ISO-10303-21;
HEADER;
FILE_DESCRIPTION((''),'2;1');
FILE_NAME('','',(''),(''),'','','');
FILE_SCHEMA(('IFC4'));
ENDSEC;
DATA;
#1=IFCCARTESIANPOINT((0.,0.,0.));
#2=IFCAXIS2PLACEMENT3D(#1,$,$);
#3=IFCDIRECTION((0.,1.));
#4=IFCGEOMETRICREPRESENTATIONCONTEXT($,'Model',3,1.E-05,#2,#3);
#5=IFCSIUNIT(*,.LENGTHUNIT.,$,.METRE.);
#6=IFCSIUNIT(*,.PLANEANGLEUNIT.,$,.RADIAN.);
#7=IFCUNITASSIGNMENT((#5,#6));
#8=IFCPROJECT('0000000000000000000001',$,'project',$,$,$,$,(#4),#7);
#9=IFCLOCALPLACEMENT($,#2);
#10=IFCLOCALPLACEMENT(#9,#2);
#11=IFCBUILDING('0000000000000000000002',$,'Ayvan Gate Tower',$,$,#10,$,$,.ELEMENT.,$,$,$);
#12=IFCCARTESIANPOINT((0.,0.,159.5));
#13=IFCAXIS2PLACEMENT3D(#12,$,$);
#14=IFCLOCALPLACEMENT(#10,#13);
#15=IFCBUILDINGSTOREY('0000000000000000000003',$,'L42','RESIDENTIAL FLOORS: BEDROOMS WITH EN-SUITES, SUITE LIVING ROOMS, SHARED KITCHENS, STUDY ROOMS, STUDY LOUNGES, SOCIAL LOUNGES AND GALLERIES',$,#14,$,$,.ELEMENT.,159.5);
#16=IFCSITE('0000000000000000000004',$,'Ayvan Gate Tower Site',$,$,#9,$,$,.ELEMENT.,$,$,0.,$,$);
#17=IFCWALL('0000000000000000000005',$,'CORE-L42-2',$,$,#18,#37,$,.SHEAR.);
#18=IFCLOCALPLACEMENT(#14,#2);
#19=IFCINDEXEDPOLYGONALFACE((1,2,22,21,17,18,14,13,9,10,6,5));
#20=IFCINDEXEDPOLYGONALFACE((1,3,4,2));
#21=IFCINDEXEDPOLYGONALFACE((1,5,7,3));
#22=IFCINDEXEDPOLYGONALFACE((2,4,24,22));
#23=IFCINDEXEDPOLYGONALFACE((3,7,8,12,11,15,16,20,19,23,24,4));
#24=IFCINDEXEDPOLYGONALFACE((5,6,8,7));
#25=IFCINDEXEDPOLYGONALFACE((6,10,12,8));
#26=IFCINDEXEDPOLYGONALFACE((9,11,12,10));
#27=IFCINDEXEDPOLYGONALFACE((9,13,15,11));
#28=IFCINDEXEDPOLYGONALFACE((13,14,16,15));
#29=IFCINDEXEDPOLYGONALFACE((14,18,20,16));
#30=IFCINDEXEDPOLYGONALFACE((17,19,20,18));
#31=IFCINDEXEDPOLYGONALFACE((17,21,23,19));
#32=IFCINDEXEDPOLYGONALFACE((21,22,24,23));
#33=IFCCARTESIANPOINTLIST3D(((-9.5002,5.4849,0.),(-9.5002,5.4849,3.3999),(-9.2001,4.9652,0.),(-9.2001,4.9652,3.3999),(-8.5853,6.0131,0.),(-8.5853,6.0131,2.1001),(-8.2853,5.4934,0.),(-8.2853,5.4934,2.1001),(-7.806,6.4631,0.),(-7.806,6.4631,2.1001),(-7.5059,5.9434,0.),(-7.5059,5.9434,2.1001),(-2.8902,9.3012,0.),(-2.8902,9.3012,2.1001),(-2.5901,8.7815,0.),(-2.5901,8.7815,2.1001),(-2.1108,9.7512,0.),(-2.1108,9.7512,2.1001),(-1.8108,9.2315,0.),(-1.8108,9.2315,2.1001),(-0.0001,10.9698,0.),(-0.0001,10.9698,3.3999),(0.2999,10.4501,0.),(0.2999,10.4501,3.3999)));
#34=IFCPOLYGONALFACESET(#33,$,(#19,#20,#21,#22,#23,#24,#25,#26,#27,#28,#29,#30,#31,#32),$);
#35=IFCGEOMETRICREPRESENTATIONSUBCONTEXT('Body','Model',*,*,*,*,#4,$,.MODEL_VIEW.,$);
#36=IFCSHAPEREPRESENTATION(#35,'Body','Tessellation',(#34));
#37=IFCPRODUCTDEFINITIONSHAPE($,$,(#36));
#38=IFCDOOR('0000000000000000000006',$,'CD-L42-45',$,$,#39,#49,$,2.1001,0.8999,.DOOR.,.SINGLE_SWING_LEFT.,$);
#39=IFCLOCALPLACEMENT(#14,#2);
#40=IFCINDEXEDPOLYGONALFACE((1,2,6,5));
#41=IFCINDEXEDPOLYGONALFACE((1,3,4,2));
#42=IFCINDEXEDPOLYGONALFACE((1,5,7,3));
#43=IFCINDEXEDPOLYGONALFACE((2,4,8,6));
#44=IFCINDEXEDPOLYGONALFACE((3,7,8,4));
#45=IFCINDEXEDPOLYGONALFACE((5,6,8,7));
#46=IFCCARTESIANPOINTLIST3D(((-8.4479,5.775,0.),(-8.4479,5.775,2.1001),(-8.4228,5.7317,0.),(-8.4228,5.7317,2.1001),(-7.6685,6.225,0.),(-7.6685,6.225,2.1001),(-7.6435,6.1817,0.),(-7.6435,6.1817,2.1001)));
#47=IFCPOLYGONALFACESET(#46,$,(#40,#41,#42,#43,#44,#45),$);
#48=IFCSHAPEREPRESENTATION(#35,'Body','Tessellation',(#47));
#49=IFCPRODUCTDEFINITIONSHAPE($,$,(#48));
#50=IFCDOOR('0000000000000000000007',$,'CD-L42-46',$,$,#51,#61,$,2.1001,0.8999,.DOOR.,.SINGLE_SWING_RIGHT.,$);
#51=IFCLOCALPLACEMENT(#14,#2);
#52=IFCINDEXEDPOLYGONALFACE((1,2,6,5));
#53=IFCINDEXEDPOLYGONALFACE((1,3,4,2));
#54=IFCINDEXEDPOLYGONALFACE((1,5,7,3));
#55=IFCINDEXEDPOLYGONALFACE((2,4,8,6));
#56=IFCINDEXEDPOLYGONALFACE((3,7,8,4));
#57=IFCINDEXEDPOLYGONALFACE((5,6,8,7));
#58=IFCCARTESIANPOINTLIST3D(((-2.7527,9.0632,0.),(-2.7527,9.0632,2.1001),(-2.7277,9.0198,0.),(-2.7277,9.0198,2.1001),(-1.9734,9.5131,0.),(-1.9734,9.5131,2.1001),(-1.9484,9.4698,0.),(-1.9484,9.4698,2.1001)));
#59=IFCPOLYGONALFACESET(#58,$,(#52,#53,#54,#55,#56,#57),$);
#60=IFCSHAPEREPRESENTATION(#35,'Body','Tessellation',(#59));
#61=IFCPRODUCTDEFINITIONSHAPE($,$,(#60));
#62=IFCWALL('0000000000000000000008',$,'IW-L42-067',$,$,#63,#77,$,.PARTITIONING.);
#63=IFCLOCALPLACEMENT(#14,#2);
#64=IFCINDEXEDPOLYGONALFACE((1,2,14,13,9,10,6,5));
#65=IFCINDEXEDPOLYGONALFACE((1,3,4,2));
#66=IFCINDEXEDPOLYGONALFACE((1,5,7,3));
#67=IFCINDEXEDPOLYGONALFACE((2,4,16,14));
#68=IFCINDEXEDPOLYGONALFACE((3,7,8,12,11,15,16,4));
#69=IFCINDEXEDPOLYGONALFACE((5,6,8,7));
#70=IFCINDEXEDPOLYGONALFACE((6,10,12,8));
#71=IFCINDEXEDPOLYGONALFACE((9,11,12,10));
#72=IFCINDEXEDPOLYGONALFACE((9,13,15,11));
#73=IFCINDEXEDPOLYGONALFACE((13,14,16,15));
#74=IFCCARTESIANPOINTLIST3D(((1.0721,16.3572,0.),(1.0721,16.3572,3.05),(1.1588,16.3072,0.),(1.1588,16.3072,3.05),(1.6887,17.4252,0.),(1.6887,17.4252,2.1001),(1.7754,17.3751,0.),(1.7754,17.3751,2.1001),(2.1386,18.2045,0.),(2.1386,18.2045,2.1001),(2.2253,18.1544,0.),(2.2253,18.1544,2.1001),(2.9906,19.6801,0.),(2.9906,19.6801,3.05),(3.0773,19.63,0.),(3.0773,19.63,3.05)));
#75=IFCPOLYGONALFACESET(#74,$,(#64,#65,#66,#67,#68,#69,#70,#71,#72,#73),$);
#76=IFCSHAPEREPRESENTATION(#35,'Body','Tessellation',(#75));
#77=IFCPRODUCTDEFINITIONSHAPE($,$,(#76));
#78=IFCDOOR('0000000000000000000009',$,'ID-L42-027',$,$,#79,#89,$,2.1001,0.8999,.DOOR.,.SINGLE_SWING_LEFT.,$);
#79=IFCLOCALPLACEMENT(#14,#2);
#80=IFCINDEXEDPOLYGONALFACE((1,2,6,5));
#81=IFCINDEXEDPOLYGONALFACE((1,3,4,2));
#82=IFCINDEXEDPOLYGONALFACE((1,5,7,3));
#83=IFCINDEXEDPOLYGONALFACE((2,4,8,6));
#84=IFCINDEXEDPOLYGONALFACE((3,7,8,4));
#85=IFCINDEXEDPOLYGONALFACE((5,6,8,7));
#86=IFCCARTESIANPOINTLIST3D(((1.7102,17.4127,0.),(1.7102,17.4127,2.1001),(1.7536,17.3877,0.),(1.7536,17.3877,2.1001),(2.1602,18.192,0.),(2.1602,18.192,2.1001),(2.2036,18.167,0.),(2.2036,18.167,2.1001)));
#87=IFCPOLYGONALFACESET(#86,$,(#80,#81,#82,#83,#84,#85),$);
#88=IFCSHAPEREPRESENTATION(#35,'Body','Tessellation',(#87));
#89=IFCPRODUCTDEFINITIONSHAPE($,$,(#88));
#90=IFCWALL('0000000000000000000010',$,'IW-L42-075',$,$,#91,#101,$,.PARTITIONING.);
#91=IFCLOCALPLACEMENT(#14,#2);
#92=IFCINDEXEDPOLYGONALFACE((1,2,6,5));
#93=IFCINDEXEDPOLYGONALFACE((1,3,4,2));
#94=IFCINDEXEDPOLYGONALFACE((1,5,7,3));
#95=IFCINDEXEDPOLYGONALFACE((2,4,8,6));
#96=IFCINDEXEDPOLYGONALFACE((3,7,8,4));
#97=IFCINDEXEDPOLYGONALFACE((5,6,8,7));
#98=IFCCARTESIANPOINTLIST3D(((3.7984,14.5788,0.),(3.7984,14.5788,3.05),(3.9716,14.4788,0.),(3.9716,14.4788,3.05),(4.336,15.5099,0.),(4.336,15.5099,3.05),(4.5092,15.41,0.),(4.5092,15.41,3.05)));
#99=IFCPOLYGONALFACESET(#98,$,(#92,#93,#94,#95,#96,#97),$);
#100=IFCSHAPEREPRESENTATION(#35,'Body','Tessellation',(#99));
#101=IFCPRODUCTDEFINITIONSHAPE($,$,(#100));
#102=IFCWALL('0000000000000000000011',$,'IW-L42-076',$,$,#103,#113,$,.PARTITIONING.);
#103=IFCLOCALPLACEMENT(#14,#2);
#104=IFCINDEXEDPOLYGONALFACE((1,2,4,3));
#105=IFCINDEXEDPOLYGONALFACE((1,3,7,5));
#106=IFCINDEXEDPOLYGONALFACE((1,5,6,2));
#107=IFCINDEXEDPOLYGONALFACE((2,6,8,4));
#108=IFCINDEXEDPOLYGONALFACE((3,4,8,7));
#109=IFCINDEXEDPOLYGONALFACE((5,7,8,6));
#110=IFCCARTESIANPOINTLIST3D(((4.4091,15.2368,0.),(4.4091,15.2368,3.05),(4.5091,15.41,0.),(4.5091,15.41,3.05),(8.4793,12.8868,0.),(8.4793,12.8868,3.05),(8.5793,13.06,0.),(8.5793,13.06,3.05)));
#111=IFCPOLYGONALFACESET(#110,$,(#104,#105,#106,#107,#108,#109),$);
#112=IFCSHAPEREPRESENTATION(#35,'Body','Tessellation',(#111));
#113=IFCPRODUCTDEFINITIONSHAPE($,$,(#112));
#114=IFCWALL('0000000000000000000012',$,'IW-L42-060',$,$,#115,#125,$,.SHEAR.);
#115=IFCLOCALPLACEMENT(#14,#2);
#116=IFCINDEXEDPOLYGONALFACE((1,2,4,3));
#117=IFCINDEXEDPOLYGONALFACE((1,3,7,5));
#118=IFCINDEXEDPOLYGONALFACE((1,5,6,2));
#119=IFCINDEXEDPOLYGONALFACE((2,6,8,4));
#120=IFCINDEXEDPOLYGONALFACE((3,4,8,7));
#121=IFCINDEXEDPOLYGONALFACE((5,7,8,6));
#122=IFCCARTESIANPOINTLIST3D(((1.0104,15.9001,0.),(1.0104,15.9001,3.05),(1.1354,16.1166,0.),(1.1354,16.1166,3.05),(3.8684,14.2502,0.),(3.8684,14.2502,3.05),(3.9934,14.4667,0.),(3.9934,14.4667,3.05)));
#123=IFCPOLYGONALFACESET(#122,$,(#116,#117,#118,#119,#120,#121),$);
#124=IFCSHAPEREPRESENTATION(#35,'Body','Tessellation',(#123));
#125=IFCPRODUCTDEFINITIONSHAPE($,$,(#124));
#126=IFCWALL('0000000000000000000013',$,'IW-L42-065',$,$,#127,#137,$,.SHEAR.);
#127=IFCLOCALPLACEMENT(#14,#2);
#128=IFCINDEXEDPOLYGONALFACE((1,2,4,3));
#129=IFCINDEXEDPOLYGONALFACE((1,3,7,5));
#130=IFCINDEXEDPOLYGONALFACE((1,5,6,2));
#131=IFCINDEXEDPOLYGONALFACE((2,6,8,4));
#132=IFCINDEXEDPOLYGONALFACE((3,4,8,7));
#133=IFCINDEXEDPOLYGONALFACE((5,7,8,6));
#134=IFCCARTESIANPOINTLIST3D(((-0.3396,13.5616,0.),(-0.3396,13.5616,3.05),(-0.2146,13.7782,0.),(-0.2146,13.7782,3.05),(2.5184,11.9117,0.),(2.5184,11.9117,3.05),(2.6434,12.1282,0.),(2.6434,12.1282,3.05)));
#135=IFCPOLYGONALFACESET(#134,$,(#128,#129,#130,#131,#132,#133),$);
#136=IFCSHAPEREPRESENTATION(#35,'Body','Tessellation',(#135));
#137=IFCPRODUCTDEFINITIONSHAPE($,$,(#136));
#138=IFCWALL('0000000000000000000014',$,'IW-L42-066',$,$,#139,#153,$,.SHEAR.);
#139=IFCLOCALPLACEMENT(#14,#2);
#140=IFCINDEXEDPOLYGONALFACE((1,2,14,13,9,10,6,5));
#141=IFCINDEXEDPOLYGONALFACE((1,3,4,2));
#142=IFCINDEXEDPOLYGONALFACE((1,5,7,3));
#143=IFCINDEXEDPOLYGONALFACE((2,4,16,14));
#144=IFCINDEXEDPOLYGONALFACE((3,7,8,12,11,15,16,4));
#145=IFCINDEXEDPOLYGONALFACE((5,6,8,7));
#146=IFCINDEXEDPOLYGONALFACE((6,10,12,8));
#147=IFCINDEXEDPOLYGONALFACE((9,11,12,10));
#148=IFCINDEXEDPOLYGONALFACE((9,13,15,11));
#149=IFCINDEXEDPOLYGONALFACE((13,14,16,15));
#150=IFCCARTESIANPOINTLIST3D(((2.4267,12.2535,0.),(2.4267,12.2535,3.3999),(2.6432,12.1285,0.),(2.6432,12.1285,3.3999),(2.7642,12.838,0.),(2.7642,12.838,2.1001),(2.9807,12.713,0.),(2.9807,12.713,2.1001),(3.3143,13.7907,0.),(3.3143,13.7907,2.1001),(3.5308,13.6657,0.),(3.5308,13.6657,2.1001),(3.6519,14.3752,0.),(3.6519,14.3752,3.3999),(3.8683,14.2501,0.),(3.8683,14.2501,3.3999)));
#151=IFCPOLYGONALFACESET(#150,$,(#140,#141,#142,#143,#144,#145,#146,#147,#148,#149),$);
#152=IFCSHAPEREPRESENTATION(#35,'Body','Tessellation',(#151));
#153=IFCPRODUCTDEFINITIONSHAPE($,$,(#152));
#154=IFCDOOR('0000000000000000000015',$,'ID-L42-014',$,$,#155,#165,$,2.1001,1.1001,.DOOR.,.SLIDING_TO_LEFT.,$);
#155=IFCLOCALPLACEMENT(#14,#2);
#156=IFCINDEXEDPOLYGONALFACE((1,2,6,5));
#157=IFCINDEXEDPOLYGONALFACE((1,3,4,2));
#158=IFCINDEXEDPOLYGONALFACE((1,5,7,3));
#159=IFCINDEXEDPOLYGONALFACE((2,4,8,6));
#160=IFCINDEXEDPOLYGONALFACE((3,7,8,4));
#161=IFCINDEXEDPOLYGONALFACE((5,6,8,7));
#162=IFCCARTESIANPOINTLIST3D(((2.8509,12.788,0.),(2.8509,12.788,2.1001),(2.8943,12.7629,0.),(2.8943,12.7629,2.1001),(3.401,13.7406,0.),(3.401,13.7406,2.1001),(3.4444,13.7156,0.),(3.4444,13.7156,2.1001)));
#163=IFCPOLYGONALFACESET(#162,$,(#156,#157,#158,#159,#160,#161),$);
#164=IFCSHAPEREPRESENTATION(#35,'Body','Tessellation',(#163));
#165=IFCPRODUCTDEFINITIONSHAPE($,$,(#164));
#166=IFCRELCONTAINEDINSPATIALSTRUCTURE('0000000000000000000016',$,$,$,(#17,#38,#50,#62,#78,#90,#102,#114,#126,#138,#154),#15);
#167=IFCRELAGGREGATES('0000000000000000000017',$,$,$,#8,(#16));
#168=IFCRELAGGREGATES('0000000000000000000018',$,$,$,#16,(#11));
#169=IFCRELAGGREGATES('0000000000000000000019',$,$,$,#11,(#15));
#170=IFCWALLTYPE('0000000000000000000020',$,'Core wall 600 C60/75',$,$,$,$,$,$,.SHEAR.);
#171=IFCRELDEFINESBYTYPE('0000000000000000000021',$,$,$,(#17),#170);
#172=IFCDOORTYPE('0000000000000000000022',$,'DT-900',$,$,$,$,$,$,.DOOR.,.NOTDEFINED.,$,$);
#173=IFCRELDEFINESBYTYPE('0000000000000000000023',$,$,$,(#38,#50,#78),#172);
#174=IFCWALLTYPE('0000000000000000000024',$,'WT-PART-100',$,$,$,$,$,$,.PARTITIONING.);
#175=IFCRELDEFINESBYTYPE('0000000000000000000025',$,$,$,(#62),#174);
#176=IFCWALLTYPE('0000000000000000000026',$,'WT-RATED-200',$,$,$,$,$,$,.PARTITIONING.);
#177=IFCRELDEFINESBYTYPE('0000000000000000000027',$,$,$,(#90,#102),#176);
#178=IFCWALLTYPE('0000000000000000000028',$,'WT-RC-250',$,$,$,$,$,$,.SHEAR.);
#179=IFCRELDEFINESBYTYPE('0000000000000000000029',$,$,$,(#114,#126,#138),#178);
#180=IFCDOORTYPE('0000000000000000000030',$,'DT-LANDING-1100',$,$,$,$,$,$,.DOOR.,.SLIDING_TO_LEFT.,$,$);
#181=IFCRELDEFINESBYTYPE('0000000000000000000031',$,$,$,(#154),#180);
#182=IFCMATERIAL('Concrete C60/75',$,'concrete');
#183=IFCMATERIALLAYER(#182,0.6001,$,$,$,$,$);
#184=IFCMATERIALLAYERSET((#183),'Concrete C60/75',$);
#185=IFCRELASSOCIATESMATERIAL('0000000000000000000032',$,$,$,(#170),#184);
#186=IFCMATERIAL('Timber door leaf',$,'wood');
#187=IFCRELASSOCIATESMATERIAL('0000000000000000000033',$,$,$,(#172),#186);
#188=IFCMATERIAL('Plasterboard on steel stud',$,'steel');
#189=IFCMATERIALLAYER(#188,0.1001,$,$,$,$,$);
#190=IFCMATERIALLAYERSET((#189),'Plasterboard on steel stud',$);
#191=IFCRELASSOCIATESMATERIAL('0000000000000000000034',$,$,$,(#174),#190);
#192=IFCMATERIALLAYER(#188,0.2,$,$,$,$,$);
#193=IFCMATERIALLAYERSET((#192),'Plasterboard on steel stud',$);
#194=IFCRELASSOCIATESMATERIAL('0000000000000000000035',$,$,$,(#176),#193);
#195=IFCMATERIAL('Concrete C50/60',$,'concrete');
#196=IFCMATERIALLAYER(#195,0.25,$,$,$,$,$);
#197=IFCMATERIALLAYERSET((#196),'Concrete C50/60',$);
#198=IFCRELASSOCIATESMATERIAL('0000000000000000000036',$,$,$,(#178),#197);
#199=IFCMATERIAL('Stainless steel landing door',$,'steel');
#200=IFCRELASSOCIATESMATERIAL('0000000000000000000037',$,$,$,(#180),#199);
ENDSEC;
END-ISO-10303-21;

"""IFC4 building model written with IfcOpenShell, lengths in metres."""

from ifc_helpers import new_model, si_unit, direction, frame, frame_2d, origin, place, context, subcontext, project, spatial, rectangle, extrude, material, layer, layer_set, type_object, element, fill, save


model = new_model("IFC4")

# Units and contexts
model_context = context("Model", 3, precision=1e-05, world=origin(), true_north=direction((0.0, 1.0)))
body_context = subcontext(model_context, "Body", "Model", "MODEL_VIEW")
ifc_project = project(units=[si_unit("LENGTHUNIT", "METRE"), si_unit("PLANEANGLEUNIT", "RADIAN")], contexts=[model_context])

# Site, building, storey
site_placement = place(None, origin())
site = spatial("IfcSite", under=ifc_project, at=site_placement, Name="Ayvan Gate Tower Site", CompositionType="ELEMENT", RefElevation=0.0)
building_placement = place(site_placement, origin())
building = spatial("IfcBuilding", under=site, at=building_placement, Name="Ayvan Gate Tower", CompositionType="ELEMENT")
storey_placement = place(building_placement, frame((0.0, 0.0, 159.5)))
storey = spatial("IfcBuildingStorey", under=building, at=storey_placement, Name="L42", Description="RESIDENTIAL FLOORS: BEDROOMS WITH EN-SUITES, SUITE LIVING ROOMS, SHARED KITCHENS, STUDY ROOMS, STUDY LOUNGES, SOCIAL LOUNGES AND GALLERIES", CompositionType="ELEMENT", Elevation=159.5)

# Wall, openings, doors
ifc_material_1 = material(Name="Concrete C60/75", Category="concrete")
ifc_layer_1 = layer(ifc_material_1, 0.6001)
ifc_layer_set_1 = layer_set([ifc_layer_1], Name="Concrete C60/75")
wall_type_1 = type_object("IfcWallType", Name="Core wall 600 C60/75", PredefinedType="SHEAR", material=ifc_layer_set_1)
wall_1_placement = place(storey_placement, frame((0.1499, 10.71, 0.0), z_axis=(0.0, 0.0, 1.0), x_axis=(-0.866024, -0.500002, 0.0)))
wall_1 = element("IfcWall", 1, at=wall_1_placement, inside=storey, type_object=wall_type_1, Name="CORE-L42-2", PredefinedType="SHEAR", context=body_context, shape_type="SweptSolid", body=[
    extrude(rectangle(XDim=10.9697, YDim=0.6001, at=frame_2d((5.4849, 0.0))), origin(), (0.0, 0.0, 1.0), 3.3999),
])
opening_1_placement = place(wall_1_placement, frame((9.0134, 0.0, 0.0)))
opening_1 = element("IfcOpeningElement", 2, at=opening_1_placement, cuts=wall_1, PredefinedType="OPENING", context=body_context, shape_type="SweptSolid", body=[
    extrude(rectangle(XDim=0.8999, YDim=2.1001, at=frame_2d((0.45, 1.05))), frame((0.0, 0.3101, 0.0), z_axis=(0.0, -1.0, 0.0), x_axis=(1.0, 0.0, 0.0)), (0.0, 0.0, 1.0), 0.6201),
])
opening_2_placement = place(wall_1_placement, frame((2.4373, 0.0, 0.0)))
opening_2 = element("IfcOpeningElement", 3, at=opening_2_placement, cuts=wall_1, PredefinedType="OPENING", context=body_context, shape_type="SweptSolid", body=[
    extrude(rectangle(XDim=0.8999, YDim=2.1001, at=frame_2d((0.45, 1.05))), frame((0.0, 0.3101, 0.0), z_axis=(0.0, -1.0, 0.0), x_axis=(1.0, 0.0, 0.0)), (0.0, 0.0, 1.0), 0.6201),
])
ifc_material_2 = material(Name="Timber door leaf", Category="wood")
door_type_1 = type_object("IfcDoorType", Name="DT-900", OperationType="NOTDEFINED", PredefinedType="DOOR", material=ifc_material_2)
door_1_placement = place(opening_1_placement, origin())
door_1 = element("IfcDoor", 4, at=door_1_placement, inside=storey, type_object=door_type_1, Name="CD-L42-45", OperationType="SINGLE_SWING_LEFT", OverallHeight=2.1001, OverallWidth=0.8999, PredefinedType="DOOR", context=body_context, shape_type="SweptSolid", body=[
    extrude(rectangle(XDim=0.8999, YDim=2.1001, at=frame_2d((0.45, 1.05))), frame((0.0, 0.0249, 0.0), z_axis=(0.0, -1.0, 0.0), x_axis=(1.0, 0.0, 0.0)), (0.0, 0.0, 1.0), 0.05),
])
fill(opening_1, door_1)
door_2_placement = place(opening_2_placement, origin())
door_2 = element("IfcDoor", 5, at=door_2_placement, inside=storey, type_object=door_type_1, Name="CD-L42-46", OperationType="SINGLE_SWING_RIGHT", OverallHeight=2.1001, OverallWidth=0.8999, PredefinedType="DOOR", context=body_context, shape_type="SweptSolid", body=[
    extrude(rectangle(XDim=0.8999, YDim=2.1001, at=frame_2d((0.45, 1.05))), frame((0.0, 0.0249, 0.0), z_axis=(0.0, -1.0, 0.0), x_axis=(1.0, 0.0, 0.0)), (0.0, 0.0, 1.0), 0.05),
])
fill(opening_2, door_2)

# Wall, opening, door
ifc_material_3 = material(Name="Plasterboard on steel stud", Category="steel")
ifc_layer_2 = layer(ifc_material_3, 0.1001)
ifc_layer_set_2 = layer_set([ifc_layer_2], Name="Plasterboard on steel stud")
wall_type_2 = type_object("IfcWallType", Name="WT-PART-100", PredefinedType="PARTITIONING", material=ifc_layer_set_2)
wall_2_placement = place(storey_placement, frame((3.0339, 19.655, 0.0), z_axis=(0.0, 0.0, 1.0), x_axis=(-0.500013, -0.866018, 0.0)))
wall_2 = element("IfcWall", 6, at=wall_2_placement, inside=storey, type_object=wall_type_2, Name="IW-L42-067", PredefinedType="PARTITIONING", context=body_context, shape_type="SweptSolid", body=[
    extrude(rectangle(XDim=3.8369, YDim=0.1001, at=frame_2d((1.9185, 0.0))), origin(), (0.0, 0.0, 1.0), 3.05),
])
opening_3_placement = place(wall_2_placement, frame((1.7039, 0.0, 0.0)))
opening_3 = element("IfcOpeningElement", 7, at=opening_3_placement, cuts=wall_2, PredefinedType="OPENING", context=body_context, shape_type="SweptSolid", body=[
    extrude(rectangle(XDim=0.8999, YDim=2.1001, at=frame_2d((0.45, 1.05))), frame((0.0, 0.0601, 0.0), z_axis=(0.0, -1.0, 0.0), x_axis=(1.0, 0.0, 0.0)), (0.0, 0.0, 1.0), 0.1201),
])
door_3_placement = place(opening_3_placement, origin())
door_3 = element("IfcDoor", 8, at=door_3_placement, inside=storey, type_object=door_type_1, Name="ID-L42-027", OperationType="SINGLE_SWING_LEFT", OverallHeight=2.1001, OverallWidth=0.8999, PredefinedType="DOOR", context=body_context, shape_type="SweptSolid", body=[
    extrude(rectangle(XDim=0.8999, YDim=2.1001, at=frame_2d((0.45, 1.05))), frame((0.0, 0.0249, 0.0), z_axis=(0.0, -1.0, 0.0), x_axis=(1.0, 0.0, 0.0)), (0.0, 0.0, 1.0), 0.05),
])
fill(opening_3, door_3)

# Walls
ifc_layer_3 = layer(ifc_material_3, 0.2)
ifc_layer_set_3 = layer_set([ifc_layer_3], Name="Plasterboard on steel stud")
wall_type_3 = type_object("IfcWallType", Name="WT-RATED-200", PredefinedType="PARTITIONING", material=ifc_layer_set_3)
wall_3_placement = place(storey_placement, frame((3.885, 14.5288, 0.0), z_axis=(0.0, 0.0, 1.0), x_axis=(0.499998, 0.866027, 0.0)))
element("IfcWall", 9, at=wall_3_placement, inside=storey, type_object=wall_type_3, Name="IW-L42-075", PredefinedType="PARTITIONING", context=body_context, shape_type="SweptSolid", body=[
    extrude(rectangle(XDim=1.0752, YDim=0.2, at=frame_2d((0.5376, 0.0))), origin(), (0.0, 0.0, 1.0), 3.05),
])
wall_4_placement = place(storey_placement, frame((4.459, 15.3235, 0.0), z_axis=(0.0, 0.0, 1.0), x_axis=(0.866016, -0.500016, 0.0)))
element("IfcWall", 10, at=wall_4_placement, inside=storey, type_object=wall_type_3, Name="IW-L42-076", PredefinedType="PARTITIONING", context=body_context, shape_type="SweptSolid", body=[
    extrude(rectangle(XDim=4.7, YDim=0.2, at=frame_2d((2.3501, 0.0))), origin(), (0.0, 0.0, 1.0), 3.05),
])
ifc_material_4 = material(Name="Concrete C50/60", Category="concrete")
ifc_layer_4 = layer(ifc_material_4, 0.25)
ifc_layer_set_4 = layer_set([ifc_layer_4], Name="Concrete C50/60")
wall_type_4 = type_object("IfcWallType", Name="WT-RC-250", PredefinedType="SHEAR", material=ifc_layer_set_4)
for number, where, z_axis, x_axis, name in (
    (11, (1.073, 16.0083, 0.0), (0.0, 0.0, 1.0), (0.86604, -0.499974, 0.0), "IW-L42-060"),
    (12, (2.5808, 12.02, 0.0), (0.0, 0.0, 1.0), (-0.86604, 0.499974, 0.0), "IW-L42-065"),
):
    element("IfcWall", number, at=place(storey_placement, frame(where, z_axis=z_axis, x_axis=x_axis)), inside=storey, type_object=wall_type_4, Name=name, PredefinedType="SHEAR", context=body_context, shape_type="SweptSolid", body=[
        extrude(rectangle(XDim=3.3, YDim=0.25, at=frame_2d((1.6499, 0.0))), origin(), (0.0, 0.0, 1.0), 3.05),
    ])

# Wall, opening, door
wall_5_placement = place(storey_placement, frame((2.5349, 12.1909, 0.0), z_axis=(0.0, 0.0, 1.0), x_axis=(0.500062, 0.86599, 0.0)))
wall_5 = element("IfcWall", 13, at=wall_5_placement, inside=storey, type_object=wall_type_4, Name="IW-L42-066", PredefinedType="SHEAR", context=body_context, shape_type="SweptSolid", body=[
    extrude(rectangle(XDim=2.45, YDim=0.25, at=frame_2d((1.2251, 0.0))), origin(), (0.0, 0.0, 1.0), 3.3999),
])
opening_4_placement = place(wall_5_placement, frame((0.675, 0.0, 0.0)))
opening_4 = element("IfcOpeningElement", 14, at=opening_4_placement, cuts=wall_5, PredefinedType="OPENING", context=body_context, shape_type="SweptSolid", body=[
    extrude(rectangle(XDim=1.1001, YDim=2.1001, at=frame_2d((0.55, 1.05))), frame((0.0, 0.135, 0.0), z_axis=(0.0, -1.0, 0.0), x_axis=(1.0, 0.0, 0.0)), (0.0, 0.0, 1.0), 0.27),
])
ifc_material_5 = material(Name="Stainless steel landing door", Category="steel")
door_type_2 = type_object("IfcDoorType", Name="DT-LANDING-1100", OperationType="SLIDING_TO_LEFT", PredefinedType="DOOR", material=ifc_material_5)
door_4_placement = place(opening_4_placement, origin())
door_4 = element("IfcDoor", 15, at=door_4_placement, inside=storey, type_object=door_type_2, Name="ID-L42-014", OperationType="SLIDING_TO_LEFT", OverallHeight=2.1001, OverallWidth=1.1001, PredefinedType="DOOR", context=body_context, shape_type="SweptSolid", body=[
    extrude(rectangle(XDim=1.1001, YDim=2.1001, at=frame_2d((0.55, 1.05))), frame((0.0, 0.0249, 0.0), z_axis=(0.0, -1.0, 0.0), x_axis=(1.0, 0.0, 0.0)), (0.0, 0.0, 1.0), 0.05),
])
fill(opening_4, door_4)

save(model, "model.ifc")
